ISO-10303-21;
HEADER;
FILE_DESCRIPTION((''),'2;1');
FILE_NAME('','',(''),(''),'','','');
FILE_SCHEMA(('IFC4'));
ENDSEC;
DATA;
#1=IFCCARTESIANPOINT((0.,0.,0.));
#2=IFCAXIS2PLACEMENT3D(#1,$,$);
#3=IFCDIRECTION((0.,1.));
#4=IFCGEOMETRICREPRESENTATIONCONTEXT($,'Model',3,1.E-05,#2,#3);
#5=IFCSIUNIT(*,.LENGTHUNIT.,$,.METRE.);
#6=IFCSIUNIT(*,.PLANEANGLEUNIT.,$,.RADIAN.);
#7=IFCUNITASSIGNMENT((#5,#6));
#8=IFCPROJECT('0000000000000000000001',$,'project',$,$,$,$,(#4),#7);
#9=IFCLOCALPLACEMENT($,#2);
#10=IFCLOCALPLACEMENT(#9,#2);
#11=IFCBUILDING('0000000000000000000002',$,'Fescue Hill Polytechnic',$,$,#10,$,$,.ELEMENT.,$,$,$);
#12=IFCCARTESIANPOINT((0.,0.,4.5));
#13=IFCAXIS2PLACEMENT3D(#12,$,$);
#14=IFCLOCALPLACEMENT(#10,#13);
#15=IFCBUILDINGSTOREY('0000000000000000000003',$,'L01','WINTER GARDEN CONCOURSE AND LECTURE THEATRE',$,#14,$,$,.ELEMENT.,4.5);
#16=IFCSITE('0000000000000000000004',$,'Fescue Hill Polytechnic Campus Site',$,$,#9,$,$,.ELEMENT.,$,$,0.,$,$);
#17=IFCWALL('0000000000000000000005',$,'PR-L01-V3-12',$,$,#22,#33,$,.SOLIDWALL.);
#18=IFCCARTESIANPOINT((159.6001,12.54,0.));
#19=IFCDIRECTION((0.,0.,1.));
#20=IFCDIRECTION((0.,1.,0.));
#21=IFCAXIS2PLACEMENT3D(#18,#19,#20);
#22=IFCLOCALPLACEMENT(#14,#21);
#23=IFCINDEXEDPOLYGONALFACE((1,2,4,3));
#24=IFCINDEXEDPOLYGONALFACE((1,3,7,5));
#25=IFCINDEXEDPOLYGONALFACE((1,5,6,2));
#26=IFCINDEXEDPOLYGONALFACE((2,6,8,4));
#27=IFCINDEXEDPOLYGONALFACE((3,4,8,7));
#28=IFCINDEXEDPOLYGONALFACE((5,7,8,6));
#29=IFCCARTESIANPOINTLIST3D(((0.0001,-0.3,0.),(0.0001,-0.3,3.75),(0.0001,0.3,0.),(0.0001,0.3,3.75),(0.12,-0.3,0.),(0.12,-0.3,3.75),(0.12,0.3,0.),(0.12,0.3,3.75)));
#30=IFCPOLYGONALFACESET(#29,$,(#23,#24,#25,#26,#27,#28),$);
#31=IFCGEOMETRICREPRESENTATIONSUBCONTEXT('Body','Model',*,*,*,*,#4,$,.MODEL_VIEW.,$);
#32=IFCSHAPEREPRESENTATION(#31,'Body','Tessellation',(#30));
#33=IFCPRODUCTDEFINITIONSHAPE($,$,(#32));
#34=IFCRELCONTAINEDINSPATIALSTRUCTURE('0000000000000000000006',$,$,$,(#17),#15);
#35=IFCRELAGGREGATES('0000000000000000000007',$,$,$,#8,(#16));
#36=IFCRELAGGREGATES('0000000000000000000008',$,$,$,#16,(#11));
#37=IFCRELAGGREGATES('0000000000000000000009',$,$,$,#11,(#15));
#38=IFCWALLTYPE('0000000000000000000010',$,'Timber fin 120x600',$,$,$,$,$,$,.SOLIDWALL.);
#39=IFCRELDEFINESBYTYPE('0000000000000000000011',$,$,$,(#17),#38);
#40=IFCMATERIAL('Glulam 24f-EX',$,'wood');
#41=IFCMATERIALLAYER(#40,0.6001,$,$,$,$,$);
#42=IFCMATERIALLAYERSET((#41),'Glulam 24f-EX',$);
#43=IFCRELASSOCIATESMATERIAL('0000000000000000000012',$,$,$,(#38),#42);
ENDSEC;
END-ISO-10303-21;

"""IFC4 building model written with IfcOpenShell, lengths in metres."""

from ifc_helpers import new_model, si_unit, direction, frame, frame_2d, origin, place, context, subcontext, project, spatial, rectangle, extrude, material, layer, layer_set, type_object, element, save


model = new_model("IFC4")

# Units and contexts
model_context = context("Model", 3, precision=1e-05, world=origin(), true_north=direction((0.0, 1.0)))
body_context = subcontext(model_context, "Body", "Model", "MODEL_VIEW")
ifc_project = project(units=[si_unit("LENGTHUNIT", "METRE"), si_unit("PLANEANGLEUNIT", "RADIAN")], contexts=[model_context])

# Site, building, storey
site_placement = place(None, origin())
site = spatial("IfcSite", under=ifc_project, at=site_placement, Name="Fescue Hill Polytechnic Campus Site", CompositionType="ELEMENT", RefElevation=0.0)
building_placement = place(site_placement, origin())
building = spatial("IfcBuilding", under=site, at=building_placement, Name="Fescue Hill Polytechnic", CompositionType="ELEMENT")
storey_placement = place(building_placement, frame((0.0, 0.0, 4.5)))
storey = spatial("IfcBuildingStorey", under=building, at=storey_placement, Name="L01", Description="WINTER GARDEN CONCOURSE AND LECTURE THEATRE", CompositionType="ELEMENT", Elevation=4.5)

# Wall
ifc_material_1 = material(Name="Glulam 24f-EX", Category="wood")
ifc_layer_1 = layer(ifc_material_1, 0.6001)
ifc_layer_set_1 = layer_set([ifc_layer_1], Name="Glulam 24f-EX")
wall_type_1 = type_object("IfcWallType", Name="Timber fin 120x600", PredefinedType="SOLIDWALL", material=ifc_layer_set_1)
wall_1_placement = place(storey_placement, frame((159.6001, 12.54, 0.0), z_axis=(0.0, 0.0, 1.0), x_axis=(0.0, 1.0, 0.0)))
element("IfcWall", 1, at=wall_1_placement, inside=storey, type_object=wall_type_1, Name="PR-L01-V3-12", PredefinedType="SOLIDWALL", context=body_context, shape_type="SweptSolid", body=[
    extrude(rectangle(XDim=0.1199, YDim=0.6001, at=frame_2d((0.0601, 0.0))), origin(), (0.0, 0.0, 1.0), 3.75),
])

save(model, "model.ifc")
